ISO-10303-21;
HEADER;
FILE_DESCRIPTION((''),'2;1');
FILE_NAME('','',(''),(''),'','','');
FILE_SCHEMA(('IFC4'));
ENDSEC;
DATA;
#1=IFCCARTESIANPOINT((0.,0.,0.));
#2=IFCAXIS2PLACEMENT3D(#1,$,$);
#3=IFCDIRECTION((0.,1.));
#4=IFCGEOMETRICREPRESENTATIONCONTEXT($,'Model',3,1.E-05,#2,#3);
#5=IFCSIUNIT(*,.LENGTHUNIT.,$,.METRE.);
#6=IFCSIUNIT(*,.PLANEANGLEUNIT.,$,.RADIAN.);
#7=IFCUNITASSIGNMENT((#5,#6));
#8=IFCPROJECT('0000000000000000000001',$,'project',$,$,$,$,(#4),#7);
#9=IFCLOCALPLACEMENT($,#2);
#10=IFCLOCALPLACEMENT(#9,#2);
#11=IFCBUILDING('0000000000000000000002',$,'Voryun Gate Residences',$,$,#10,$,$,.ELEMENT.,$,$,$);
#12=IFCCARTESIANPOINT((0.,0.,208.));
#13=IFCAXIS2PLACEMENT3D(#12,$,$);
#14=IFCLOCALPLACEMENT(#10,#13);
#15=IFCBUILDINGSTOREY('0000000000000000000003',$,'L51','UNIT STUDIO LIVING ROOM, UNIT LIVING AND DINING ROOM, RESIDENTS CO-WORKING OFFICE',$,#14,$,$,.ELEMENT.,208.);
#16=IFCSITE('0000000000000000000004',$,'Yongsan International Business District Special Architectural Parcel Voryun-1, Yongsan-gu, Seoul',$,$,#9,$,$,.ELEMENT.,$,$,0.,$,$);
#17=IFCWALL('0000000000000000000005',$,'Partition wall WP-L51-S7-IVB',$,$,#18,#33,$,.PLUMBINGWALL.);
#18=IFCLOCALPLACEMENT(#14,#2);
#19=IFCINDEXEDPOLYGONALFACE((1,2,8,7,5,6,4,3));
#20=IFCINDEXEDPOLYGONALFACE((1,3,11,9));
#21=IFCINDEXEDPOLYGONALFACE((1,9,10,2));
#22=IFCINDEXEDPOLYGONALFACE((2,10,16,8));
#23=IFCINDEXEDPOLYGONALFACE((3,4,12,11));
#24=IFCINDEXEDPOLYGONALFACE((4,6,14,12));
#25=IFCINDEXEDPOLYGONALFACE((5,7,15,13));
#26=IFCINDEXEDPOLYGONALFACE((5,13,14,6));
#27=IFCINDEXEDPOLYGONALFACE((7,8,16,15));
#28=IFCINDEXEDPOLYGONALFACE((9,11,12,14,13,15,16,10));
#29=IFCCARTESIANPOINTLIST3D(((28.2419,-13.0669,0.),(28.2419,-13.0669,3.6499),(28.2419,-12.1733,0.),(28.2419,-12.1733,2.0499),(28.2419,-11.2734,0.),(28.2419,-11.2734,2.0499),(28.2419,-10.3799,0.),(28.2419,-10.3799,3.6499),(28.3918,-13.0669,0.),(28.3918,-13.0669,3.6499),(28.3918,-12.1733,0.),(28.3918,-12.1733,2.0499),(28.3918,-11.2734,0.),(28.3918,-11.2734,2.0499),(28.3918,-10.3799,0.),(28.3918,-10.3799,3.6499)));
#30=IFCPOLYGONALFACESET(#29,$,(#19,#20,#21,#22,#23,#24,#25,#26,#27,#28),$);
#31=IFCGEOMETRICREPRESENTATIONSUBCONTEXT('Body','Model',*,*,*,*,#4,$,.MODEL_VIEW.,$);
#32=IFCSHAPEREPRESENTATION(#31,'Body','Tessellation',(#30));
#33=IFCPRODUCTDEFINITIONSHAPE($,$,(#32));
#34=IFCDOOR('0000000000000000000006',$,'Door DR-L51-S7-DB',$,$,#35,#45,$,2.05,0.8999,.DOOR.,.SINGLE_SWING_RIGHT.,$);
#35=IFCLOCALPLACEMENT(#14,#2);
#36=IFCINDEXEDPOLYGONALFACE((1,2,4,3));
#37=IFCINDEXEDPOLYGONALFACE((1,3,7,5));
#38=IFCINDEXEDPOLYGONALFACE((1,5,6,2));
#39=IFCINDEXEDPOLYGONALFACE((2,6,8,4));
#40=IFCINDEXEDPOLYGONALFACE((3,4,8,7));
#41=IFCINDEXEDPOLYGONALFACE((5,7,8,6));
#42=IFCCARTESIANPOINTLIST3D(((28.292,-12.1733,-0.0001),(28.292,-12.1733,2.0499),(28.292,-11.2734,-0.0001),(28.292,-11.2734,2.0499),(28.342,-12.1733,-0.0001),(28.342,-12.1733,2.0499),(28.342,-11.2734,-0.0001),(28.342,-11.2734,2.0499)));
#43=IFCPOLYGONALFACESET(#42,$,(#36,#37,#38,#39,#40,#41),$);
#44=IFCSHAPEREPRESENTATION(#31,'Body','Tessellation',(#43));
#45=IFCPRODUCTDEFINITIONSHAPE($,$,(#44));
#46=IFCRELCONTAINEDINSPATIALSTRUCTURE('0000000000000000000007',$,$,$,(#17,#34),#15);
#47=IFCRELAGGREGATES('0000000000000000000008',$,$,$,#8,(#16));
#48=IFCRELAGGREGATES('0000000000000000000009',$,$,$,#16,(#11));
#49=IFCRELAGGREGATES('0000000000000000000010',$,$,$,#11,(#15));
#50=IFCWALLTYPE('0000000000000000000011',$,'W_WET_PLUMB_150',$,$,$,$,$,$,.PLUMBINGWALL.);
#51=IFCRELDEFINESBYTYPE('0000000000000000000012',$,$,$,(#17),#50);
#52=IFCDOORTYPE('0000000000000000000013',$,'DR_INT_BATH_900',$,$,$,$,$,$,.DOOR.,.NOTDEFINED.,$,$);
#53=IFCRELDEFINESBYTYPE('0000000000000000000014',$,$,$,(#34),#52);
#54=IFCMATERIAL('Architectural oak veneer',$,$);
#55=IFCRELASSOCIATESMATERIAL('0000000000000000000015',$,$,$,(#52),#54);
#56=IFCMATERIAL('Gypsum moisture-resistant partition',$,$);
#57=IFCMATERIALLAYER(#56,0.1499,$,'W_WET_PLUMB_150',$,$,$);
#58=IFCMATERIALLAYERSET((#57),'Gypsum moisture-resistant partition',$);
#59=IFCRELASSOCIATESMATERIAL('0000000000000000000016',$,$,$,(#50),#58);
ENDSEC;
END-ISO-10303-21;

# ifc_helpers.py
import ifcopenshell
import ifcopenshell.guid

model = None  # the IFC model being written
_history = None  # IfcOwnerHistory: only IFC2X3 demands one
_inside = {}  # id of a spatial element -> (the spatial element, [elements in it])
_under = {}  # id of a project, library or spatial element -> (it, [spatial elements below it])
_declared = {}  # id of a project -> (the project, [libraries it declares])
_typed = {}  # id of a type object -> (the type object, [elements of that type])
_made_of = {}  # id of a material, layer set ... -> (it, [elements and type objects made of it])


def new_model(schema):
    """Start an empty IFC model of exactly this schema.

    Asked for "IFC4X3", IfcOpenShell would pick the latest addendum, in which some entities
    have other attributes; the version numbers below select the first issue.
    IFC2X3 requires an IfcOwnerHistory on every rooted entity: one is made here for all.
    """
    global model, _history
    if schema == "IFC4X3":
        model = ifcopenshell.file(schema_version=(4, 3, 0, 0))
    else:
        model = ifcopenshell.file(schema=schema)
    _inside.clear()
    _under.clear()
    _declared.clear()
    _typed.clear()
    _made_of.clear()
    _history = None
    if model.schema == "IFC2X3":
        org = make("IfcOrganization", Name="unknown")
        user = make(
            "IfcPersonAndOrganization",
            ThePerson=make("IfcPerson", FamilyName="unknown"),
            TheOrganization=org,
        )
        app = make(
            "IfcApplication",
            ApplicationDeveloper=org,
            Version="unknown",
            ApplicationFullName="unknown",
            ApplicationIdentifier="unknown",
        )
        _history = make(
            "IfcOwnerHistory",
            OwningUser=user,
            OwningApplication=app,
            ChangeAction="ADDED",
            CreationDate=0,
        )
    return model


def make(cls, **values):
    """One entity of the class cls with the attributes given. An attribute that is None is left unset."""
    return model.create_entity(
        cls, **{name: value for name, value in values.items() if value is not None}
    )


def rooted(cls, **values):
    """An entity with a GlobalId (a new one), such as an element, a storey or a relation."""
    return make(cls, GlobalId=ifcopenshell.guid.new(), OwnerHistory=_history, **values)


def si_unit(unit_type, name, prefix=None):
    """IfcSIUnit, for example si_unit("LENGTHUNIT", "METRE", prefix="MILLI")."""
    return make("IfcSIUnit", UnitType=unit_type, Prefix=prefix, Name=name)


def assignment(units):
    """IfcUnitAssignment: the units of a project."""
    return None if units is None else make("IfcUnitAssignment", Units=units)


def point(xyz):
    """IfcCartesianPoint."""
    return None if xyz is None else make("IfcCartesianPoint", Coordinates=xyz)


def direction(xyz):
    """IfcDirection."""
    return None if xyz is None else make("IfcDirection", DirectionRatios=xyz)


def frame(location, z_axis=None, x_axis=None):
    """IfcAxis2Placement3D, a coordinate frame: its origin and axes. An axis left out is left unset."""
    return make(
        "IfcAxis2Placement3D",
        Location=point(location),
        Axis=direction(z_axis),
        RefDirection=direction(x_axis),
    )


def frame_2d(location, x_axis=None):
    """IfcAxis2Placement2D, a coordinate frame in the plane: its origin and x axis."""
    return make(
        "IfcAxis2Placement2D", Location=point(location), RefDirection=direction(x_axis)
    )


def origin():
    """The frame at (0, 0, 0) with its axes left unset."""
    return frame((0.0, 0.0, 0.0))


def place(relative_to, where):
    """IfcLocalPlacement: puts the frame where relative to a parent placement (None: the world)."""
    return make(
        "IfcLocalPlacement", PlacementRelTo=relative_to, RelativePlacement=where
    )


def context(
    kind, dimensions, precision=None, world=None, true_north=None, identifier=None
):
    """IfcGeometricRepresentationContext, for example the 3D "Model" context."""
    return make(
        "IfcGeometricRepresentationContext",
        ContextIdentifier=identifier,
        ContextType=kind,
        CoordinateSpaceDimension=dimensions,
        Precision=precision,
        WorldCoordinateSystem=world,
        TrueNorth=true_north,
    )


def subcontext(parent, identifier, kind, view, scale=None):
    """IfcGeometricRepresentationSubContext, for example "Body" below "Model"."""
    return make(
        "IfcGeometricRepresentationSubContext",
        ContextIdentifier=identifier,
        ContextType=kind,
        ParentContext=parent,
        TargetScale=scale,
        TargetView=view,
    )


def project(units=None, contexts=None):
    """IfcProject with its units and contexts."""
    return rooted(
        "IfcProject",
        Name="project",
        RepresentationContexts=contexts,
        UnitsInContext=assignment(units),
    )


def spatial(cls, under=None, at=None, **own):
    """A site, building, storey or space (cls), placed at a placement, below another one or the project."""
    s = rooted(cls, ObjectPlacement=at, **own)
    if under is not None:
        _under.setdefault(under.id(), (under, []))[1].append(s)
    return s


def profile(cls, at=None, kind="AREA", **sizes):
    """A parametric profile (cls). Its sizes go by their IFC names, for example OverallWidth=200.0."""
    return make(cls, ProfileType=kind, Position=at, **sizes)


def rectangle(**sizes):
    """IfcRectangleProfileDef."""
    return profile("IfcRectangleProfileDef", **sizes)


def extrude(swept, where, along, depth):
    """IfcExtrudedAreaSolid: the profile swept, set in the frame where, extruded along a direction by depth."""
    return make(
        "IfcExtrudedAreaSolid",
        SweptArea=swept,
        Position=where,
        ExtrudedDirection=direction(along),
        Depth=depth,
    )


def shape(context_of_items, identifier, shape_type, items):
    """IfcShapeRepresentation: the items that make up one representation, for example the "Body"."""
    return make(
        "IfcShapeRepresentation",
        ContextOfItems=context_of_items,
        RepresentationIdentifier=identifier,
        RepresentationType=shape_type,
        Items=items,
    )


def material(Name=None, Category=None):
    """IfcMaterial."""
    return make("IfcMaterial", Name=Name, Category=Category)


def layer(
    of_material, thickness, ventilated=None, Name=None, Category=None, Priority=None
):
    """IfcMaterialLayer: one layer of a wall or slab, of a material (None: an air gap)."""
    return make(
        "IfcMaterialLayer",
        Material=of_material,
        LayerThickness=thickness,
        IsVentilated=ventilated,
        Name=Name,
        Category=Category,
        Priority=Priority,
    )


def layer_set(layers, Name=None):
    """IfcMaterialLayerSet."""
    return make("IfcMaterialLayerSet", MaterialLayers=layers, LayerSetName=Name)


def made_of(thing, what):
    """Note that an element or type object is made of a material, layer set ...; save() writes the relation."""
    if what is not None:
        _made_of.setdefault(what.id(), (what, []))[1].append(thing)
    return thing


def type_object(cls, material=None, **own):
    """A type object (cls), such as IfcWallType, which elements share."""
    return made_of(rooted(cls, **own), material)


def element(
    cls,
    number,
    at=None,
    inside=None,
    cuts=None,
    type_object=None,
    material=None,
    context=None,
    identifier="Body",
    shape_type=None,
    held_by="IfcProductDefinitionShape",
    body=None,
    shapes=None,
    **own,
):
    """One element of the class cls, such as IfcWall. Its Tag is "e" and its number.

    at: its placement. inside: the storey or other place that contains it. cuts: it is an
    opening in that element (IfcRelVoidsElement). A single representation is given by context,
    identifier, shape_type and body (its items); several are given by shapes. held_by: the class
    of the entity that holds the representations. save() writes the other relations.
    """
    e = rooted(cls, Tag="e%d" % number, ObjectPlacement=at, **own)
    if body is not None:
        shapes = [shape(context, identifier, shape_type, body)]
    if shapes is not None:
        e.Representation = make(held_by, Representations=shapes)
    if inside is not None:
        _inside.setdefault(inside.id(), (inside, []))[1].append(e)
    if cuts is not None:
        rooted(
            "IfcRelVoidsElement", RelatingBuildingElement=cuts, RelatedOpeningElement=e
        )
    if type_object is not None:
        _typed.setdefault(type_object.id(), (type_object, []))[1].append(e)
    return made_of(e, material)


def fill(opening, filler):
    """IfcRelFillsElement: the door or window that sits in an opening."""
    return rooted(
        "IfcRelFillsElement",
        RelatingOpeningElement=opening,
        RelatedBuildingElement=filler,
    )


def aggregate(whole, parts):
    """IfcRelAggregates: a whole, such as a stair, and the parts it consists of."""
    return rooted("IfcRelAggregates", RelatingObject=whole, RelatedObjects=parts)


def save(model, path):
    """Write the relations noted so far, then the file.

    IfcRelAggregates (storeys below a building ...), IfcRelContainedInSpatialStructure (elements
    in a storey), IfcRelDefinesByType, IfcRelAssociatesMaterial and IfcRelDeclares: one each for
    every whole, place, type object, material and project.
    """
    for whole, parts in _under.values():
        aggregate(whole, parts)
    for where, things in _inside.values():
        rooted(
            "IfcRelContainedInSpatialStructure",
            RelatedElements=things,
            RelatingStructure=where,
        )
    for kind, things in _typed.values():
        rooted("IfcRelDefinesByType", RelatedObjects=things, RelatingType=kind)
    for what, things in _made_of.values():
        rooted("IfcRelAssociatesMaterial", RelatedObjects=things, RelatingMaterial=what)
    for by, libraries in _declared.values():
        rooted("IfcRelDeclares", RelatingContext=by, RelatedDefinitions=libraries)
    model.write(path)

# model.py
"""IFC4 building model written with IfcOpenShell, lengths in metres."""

from ifc_helpers import new_model, si_unit, direction, frame, frame_2d, origin, place, context, subcontext, project, spatial, rectangle, extrude, material, layer, layer_set, type_object, element, fill, save


model = new_model("IFC4")

# Units and contexts
model_context = context("Model", 3, precision=1e-05, world=origin(), true_north=direction((0.0, 1.0)))
body_context = subcontext(model_context, "Body", "Model", "MODEL_VIEW")
ifc_project = project(units=[si_unit("LENGTHUNIT", "METRE"), si_unit("PLANEANGLEUNIT", "RADIAN")], contexts=[model_context])

# Site, building, storey
site_placement = place(None, origin())
site = spatial("IfcSite", under=ifc_project, at=site_placement, Name="Yongsan International Business District Special Architectural Parcel Voryun-1, Yongsan-gu, Seoul", CompositionType="ELEMENT", RefElevation=0.0)
building_placement = place(site_placement, origin())
building = spatial("IfcBuilding", under=site, at=building_placement, Name="Voryun Gate Residences", CompositionType="ELEMENT")
storey_placement = place(building_placement, frame((0.0, 0.0, 208.0)))
storey = spatial("IfcBuildingStorey", under=building, at=storey_placement, Name="L51", Description="UNIT STUDIO LIVING ROOM, UNIT LIVING AND DINING ROOM, RESIDENTS CO-WORKING OFFICE", CompositionType="ELEMENT", Elevation=208.0)

# Shared definitions
ifc_material_1 = material(Name="Architectural oak veneer")
door_type_1 = type_object("IfcDoorType", Name="DR_INT_BATH_900", OperationType="NOTDEFINED", PredefinedType="DOOR", material=ifc_material_1)

# Shared definitions
ifc_material_2 = material(Name="Gypsum moisture-resistant partition")
ifc_layer_1 = layer(ifc_material_2, 0.1499, Name="W_WET_PLUMB_150")
ifc_layer_set_1 = layer_set([ifc_layer_1], Name="Gypsum moisture-resistant partition")
wall_type_1 = type_object("IfcWallType", Name="W_WET_PLUMB_150", PredefinedType="PLUMBINGWALL", material=ifc_layer_set_1)

# Wall, opening, door
wall_1_placement = place(storey_placement, frame((28.3169, -13.0669, 0.0), z_axis=(0.0, 0.0, 1.0), x_axis=(0.0, 1.0, 0.0)))
wall_1 = element("IfcWall", 1, at=wall_1_placement, inside=storey, type_object=wall_type_1, Name="Partition wall WP-L51-S7-IVB", PredefinedType="PLUMBINGWALL", context=body_context, shape_type="SweptSolid", body=[
    extrude(rectangle(XDim=2.687, YDim=0.1499, at=frame_2d((1.3435, 0.0))), origin(), (0.0, 0.0, 1.0), 3.6499),
])
opening_1_placement = place(wall_1_placement, frame((0.8936, 0.0, 0.0)))
opening_1 = element("IfcOpeningElement", 2, at=opening_1_placement, cuts=wall_1, PredefinedType="OPENING", context=body_context, shape_type="SweptSolid", body=[
    extrude(rectangle(XDim=0.8999, YDim=2.05, at=frame_2d((0.45, 1.0249))), frame((0.0, 0.085, 0.0), z_axis=(0.0, -1.0, 0.0), x_axis=(1.0, 0.0, 0.0)), (0.0, 0.0, 1.0), 0.1699),
])
door_1_placement = place(opening_1_placement, origin())
door_1 = element("IfcDoor", 3, at=door_1_placement, inside=storey, type_object=door_type_1, Name="Door DR-L51-S7-DB", OperationType="SINGLE_SWING_RIGHT", OverallHeight=2.05, OverallWidth=0.8999, PredefinedType="DOOR", context=body_context, shape_type="SweptSolid", body=[
    extrude(rectangle(XDim=0.8999, YDim=2.05, at=frame_2d((0.45, 1.0249))), frame((0.0, 0.0249, 0.0), z_axis=(0.0, -1.0, 0.0), x_axis=(1.0, 0.0, 0.0)), (0.0, 0.0, 1.0), 0.05),
])
fill(opening_1, door_1)

save(model, "model.ifc")
